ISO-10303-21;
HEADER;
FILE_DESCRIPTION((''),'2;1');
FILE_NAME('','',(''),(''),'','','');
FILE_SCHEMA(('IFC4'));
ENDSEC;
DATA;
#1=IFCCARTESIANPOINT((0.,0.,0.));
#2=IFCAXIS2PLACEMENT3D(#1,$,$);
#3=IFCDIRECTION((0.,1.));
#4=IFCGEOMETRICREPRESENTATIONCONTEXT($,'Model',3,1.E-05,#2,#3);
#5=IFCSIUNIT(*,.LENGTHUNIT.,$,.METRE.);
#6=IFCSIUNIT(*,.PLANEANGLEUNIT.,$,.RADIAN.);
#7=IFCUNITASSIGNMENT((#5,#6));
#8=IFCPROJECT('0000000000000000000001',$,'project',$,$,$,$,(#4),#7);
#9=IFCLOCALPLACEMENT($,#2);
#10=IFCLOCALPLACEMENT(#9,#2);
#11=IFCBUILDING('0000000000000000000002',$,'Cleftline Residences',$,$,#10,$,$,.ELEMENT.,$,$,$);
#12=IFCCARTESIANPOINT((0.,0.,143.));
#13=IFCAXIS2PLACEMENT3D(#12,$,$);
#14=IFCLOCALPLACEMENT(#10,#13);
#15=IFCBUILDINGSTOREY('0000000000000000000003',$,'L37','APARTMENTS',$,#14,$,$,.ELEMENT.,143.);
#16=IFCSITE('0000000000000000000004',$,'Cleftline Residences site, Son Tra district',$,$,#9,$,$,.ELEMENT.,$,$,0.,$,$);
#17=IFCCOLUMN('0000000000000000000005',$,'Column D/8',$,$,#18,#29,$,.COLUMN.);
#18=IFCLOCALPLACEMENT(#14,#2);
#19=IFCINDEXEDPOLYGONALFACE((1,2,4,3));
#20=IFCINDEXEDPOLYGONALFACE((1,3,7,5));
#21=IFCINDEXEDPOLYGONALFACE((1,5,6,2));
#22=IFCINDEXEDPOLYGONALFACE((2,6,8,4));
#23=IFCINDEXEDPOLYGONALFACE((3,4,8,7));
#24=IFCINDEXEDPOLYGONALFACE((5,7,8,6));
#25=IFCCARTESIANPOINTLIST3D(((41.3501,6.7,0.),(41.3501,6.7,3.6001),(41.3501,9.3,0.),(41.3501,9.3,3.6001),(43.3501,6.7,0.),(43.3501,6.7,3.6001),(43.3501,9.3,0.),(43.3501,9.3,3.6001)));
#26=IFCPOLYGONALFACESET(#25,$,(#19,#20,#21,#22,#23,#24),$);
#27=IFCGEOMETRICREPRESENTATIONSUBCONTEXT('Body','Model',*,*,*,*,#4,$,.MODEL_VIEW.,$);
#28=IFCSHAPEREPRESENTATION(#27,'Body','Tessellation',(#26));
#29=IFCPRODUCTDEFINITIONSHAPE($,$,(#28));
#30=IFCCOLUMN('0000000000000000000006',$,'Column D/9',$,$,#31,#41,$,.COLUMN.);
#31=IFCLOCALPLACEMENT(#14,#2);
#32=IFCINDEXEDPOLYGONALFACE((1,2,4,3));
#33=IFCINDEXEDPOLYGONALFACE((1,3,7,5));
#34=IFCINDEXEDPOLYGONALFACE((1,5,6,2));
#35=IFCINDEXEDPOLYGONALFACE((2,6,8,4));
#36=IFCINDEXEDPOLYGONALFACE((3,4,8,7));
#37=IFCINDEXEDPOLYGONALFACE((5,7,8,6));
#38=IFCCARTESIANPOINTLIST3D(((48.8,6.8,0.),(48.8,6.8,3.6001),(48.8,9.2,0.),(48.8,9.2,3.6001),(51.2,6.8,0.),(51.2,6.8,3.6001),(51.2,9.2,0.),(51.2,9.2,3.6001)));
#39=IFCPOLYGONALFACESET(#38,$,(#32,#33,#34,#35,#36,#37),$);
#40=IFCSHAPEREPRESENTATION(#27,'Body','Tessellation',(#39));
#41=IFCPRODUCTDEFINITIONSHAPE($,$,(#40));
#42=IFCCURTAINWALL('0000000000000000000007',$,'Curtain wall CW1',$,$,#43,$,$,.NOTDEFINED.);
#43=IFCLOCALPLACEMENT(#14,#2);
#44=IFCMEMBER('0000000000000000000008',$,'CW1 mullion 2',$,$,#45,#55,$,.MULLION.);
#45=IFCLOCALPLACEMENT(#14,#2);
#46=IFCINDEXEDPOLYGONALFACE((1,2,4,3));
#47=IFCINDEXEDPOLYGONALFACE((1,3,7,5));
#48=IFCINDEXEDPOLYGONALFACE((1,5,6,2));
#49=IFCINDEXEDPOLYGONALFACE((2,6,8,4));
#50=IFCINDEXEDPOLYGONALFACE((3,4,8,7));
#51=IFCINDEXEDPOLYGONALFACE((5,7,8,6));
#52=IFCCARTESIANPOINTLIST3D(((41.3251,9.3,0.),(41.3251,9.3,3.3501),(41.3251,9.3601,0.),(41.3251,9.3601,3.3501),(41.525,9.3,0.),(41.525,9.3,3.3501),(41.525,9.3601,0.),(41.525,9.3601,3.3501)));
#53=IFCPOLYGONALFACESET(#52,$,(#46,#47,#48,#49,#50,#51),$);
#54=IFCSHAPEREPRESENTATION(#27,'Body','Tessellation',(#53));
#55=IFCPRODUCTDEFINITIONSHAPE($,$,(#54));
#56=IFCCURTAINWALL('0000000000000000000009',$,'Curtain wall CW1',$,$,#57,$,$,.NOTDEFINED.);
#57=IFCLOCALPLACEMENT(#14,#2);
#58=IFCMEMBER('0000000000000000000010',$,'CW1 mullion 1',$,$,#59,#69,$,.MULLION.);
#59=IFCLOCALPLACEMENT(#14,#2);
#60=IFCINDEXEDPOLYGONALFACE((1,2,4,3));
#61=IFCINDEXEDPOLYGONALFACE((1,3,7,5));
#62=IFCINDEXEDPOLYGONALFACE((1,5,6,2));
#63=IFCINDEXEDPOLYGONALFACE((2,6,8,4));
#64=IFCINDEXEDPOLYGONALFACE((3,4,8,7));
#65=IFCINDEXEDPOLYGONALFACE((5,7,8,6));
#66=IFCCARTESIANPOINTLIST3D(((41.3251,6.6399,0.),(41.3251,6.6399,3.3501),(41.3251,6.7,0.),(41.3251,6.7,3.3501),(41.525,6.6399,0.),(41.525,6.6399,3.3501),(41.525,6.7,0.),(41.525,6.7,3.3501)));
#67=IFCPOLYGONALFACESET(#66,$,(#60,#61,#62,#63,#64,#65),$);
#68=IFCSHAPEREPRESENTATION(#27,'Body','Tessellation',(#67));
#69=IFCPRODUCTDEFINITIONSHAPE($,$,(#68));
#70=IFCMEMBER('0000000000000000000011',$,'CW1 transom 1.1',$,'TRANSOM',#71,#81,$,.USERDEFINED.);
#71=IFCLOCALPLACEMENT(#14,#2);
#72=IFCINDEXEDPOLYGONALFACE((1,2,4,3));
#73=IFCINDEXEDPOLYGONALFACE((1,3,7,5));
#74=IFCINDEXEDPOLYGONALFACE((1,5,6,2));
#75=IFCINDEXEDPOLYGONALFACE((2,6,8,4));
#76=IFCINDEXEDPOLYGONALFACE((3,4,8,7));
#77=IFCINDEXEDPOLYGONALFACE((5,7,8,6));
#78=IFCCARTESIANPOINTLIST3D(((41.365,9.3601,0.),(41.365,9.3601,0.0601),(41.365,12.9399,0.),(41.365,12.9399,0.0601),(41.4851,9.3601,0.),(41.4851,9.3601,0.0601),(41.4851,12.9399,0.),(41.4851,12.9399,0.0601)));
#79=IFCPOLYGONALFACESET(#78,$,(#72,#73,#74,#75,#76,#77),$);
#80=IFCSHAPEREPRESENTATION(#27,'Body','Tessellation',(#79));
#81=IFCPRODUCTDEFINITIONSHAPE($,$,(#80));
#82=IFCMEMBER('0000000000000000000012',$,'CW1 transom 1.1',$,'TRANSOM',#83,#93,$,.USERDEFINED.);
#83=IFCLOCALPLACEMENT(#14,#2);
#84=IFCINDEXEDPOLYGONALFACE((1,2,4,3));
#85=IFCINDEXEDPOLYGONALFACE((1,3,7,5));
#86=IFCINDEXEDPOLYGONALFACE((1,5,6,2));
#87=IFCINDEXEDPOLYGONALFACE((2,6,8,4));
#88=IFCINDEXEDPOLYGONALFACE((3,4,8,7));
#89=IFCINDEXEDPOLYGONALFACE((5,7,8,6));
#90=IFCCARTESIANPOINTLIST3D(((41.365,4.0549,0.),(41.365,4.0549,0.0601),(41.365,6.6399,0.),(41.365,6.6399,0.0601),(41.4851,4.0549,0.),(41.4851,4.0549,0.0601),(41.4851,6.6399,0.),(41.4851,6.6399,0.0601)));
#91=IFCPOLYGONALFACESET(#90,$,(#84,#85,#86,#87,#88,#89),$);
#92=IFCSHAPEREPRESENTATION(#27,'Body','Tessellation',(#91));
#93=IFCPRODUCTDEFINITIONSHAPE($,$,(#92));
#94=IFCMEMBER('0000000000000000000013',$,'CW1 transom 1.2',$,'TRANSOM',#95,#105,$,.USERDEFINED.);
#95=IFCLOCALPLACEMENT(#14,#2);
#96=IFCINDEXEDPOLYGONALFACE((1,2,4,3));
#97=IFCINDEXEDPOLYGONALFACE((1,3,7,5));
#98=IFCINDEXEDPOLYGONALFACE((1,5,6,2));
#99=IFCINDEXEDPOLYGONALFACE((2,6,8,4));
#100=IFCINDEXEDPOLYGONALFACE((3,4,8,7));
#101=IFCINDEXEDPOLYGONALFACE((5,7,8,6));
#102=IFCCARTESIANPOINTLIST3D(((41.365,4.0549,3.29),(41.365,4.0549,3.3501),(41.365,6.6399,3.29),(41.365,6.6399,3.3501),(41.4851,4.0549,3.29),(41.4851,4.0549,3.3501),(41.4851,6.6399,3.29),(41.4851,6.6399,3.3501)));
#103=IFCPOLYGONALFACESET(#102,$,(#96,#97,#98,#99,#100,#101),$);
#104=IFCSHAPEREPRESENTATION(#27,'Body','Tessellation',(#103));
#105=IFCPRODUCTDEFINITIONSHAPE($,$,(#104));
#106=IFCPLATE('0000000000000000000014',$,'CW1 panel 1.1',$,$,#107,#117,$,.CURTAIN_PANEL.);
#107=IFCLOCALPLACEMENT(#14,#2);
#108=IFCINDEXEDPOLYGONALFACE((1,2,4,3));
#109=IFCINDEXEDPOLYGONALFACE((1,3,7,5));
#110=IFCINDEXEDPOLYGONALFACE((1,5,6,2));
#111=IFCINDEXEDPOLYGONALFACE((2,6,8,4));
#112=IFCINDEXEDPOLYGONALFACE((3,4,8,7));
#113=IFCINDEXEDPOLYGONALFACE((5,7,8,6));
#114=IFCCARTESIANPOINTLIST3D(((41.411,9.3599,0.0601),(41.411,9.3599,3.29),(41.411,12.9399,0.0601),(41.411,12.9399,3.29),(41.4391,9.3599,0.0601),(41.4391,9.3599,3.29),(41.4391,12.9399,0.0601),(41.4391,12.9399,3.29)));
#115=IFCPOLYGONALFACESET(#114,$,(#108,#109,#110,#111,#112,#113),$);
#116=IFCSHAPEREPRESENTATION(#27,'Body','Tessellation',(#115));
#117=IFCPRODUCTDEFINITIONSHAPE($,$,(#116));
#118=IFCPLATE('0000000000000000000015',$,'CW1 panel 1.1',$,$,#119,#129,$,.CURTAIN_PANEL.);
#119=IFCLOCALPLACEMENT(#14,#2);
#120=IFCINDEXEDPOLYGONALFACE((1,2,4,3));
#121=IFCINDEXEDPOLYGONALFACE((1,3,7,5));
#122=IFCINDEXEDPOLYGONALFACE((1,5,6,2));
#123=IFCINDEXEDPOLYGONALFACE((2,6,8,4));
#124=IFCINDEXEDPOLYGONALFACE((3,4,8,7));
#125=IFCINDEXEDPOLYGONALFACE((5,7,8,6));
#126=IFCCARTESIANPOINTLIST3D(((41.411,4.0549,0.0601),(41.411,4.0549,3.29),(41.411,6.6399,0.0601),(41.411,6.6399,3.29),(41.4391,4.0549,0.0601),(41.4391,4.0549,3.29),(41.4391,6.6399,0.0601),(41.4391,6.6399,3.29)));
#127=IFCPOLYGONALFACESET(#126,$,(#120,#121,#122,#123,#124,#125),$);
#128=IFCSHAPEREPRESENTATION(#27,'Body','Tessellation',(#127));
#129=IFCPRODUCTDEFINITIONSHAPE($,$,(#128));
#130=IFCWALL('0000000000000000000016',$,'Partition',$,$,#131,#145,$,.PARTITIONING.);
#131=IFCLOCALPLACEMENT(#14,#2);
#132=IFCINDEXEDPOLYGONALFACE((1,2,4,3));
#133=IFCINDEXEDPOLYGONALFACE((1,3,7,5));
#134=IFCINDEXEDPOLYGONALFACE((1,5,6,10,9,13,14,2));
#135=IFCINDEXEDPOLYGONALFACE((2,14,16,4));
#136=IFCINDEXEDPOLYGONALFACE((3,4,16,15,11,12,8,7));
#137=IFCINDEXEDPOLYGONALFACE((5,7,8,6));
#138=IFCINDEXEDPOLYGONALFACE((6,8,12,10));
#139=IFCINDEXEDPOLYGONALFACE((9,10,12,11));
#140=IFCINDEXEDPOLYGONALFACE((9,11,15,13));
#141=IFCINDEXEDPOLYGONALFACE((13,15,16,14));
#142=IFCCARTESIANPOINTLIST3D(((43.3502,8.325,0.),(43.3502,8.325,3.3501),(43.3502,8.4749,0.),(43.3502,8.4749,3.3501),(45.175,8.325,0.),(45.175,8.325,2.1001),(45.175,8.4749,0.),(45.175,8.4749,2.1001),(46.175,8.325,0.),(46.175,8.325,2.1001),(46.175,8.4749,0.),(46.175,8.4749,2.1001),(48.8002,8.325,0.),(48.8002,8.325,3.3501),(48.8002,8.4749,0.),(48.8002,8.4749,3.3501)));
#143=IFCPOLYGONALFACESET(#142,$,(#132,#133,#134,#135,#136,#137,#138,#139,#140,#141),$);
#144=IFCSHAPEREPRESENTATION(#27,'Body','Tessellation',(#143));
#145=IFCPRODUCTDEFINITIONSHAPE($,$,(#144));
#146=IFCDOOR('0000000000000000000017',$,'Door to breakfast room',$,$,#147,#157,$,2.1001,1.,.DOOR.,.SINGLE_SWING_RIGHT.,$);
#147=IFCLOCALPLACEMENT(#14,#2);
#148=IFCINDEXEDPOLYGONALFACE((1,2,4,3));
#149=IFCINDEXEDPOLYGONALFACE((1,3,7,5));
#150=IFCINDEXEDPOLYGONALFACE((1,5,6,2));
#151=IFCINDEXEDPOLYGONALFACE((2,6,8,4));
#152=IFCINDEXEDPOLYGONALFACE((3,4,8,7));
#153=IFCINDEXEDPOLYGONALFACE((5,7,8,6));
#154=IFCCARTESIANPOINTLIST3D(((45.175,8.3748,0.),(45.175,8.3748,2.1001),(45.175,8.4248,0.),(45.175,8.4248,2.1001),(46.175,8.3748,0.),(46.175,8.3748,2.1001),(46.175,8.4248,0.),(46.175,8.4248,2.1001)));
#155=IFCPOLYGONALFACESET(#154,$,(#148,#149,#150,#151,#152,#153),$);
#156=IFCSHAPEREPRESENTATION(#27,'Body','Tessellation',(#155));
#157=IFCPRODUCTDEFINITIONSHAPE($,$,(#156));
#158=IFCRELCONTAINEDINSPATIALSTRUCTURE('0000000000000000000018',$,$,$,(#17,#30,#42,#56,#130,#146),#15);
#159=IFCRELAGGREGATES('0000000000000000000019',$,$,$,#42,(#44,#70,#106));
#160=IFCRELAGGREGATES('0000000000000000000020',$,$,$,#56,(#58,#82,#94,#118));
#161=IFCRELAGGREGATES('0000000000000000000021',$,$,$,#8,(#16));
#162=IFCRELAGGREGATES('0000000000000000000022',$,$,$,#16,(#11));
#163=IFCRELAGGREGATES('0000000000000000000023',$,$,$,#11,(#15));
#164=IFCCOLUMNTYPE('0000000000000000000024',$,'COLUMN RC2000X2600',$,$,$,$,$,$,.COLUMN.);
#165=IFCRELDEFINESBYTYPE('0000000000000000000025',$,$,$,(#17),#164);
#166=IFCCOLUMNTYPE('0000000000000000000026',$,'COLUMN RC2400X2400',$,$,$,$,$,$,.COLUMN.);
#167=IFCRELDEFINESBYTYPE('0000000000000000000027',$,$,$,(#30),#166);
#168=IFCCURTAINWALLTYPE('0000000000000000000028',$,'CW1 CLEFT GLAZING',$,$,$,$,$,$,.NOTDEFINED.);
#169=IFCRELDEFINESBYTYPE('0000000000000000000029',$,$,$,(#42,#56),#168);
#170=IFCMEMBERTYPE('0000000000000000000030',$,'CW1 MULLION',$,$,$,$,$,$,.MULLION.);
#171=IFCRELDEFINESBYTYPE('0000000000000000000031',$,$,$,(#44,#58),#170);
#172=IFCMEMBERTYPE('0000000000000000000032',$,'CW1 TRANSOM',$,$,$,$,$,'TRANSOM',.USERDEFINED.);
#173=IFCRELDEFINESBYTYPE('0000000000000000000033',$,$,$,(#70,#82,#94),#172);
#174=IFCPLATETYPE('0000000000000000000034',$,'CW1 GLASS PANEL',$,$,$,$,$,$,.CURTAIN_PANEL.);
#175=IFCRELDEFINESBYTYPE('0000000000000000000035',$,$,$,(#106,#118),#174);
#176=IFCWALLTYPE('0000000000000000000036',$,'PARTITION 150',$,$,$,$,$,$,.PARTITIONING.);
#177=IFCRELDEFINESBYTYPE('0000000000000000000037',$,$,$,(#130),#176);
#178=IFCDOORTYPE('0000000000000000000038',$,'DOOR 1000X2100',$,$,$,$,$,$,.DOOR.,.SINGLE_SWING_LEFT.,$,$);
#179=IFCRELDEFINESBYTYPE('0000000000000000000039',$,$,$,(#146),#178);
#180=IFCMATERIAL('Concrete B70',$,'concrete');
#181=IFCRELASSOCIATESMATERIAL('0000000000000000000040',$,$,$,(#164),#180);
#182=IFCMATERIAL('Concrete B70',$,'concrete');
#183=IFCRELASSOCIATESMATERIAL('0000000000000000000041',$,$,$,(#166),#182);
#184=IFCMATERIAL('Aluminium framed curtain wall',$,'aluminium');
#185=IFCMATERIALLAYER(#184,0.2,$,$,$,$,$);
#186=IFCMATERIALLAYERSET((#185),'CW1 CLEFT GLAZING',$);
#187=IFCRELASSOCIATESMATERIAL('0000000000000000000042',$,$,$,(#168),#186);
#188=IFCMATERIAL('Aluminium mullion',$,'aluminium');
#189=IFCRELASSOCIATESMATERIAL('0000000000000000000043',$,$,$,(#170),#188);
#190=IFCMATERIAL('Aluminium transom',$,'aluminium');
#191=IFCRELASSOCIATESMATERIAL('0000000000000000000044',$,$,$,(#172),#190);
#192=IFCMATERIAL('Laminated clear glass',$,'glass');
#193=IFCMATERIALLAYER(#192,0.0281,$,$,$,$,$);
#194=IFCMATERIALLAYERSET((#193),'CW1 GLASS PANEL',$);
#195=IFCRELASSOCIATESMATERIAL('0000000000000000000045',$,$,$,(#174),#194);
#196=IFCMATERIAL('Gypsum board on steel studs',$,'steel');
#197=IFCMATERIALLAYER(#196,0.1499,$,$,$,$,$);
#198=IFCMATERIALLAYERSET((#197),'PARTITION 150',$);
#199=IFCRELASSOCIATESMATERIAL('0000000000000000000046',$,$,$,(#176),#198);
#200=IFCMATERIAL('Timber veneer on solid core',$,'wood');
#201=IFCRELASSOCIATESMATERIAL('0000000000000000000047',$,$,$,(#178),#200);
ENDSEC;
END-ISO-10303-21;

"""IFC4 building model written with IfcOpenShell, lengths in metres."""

from ifc_helpers import new_model, si_unit, direction, frame, frame_2d, origin, origin_2d, place, context, subcontext, project, spatial, rectangle, extrude, material, layer, layer_set, material_profile, profile_set, type_object, element, fill, aggregate, save


model = new_model("IFC4")

# Units and contexts
model_context = context("Model", 3, precision=1e-05, world=origin(), true_north=direction((0.0, 1.0)))
body_context = subcontext(model_context, "Body", "Model", "MODEL_VIEW")
ifc_project = project(units=[si_unit("LENGTHUNIT", "METRE"), si_unit("PLANEANGLEUNIT", "RADIAN")], contexts=[model_context])

# Site, building, storey
site_placement = place(None, origin())
site = spatial("IfcSite", under=ifc_project, at=site_placement, Name="Cleftline Residences site, Son Tra district", CompositionType="ELEMENT", RefElevation=0.0)
building_placement = place(site_placement, origin())
building = spatial("IfcBuilding", under=site, at=building_placement, Name="Cleftline Residences", CompositionType="ELEMENT")
storey_placement = place(building_placement, frame((0.0, 0.0, 143.0)))
storey = spatial("IfcBuildingStorey", under=building, at=storey_placement, Name="L37", Description="APARTMENTS", CompositionType="ELEMENT", Elevation=143.0)

# Columns
ifc_material_1 = material(Name="Concrete B70", Category="concrete")
ifc_material_profile_1 = material_profile(ifc_material_1, rectangle(XDim=2.0, YDim=2.6001, at=origin_2d()))
ifc_profile_set_1 = profile_set([ifc_material_profile_1], Name="Concrete B70")
column_type_1 = type_object("IfcColumnType", Name="COLUMN RC2000X2600", PredefinedType="COLUMN", material=ifc_profile_set_1)
column_1_placement = place(storey_placement, frame((42.3501, 8.0, 0.0), z_axis=(0.0, 0.0, 1.0), x_axis=(1.0, 0.0, 0.0)))
element("IfcColumn", 1, at=column_1_placement, inside=storey, type_object=column_type_1, Name="Column D/8", PredefinedType="COLUMN", context=body_context, shape_type="SweptSolid", body=[
    extrude(rectangle(XDim=2.0, YDim=2.6001, at=origin_2d()), origin(), (0.0, 0.0, 1.0), 3.6001),
])
ifc_material_2 = material(Name="Concrete B70", Category="concrete")
ifc_material_profile_2 = material_profile(ifc_material_2, rectangle(XDim=2.3999, YDim=2.3999, at=origin_2d()))
ifc_profile_set_2 = profile_set([ifc_material_profile_2], Name="Concrete B70")
column_type_2 = type_object("IfcColumnType", Name="COLUMN RC2400X2400", PredefinedType="COLUMN", material=ifc_profile_set_2)
column_2_placement = place(storey_placement, frame((50.0, 8.0, 0.0), z_axis=(0.0, 0.0, 1.0), x_axis=(1.0, 0.0, 0.0)))
element("IfcColumn", 2, at=column_2_placement, inside=storey, type_object=column_type_2, Name="Column D/9", PredefinedType="COLUMN", context=body_context, shape_type="SweptSolid", body=[
    extrude(rectangle(XDim=2.3999, YDim=2.3999, at=origin_2d()), origin(), (0.0, 0.0, 1.0), 3.6001),
])

# Curtain walls, members
ifc_material_3 = material(Name="Aluminium framed curtain wall", Category="aluminium")
ifc_layer_1 = layer(ifc_material_3, 0.2)
ifc_layer_set_1 = layer_set([ifc_layer_1], Name="CW1 CLEFT GLAZING")
curtain_wall_type = type_object("IfcCurtainWallType", Name="CW1 CLEFT GLAZING", PredefinedType="NOTDEFINED", material=ifc_layer_set_1)
curtain_wall_1_placement = place(storey_placement, origin())
curtain_wall_1 = element("IfcCurtainWall", 3, at=curtain_wall_1_placement, inside=storey, type_object=curtain_wall_type, Name="Curtain wall CW1", PredefinedType="NOTDEFINED")
ifc_material_4 = material(Name="Aluminium mullion", Category="aluminium")
ifc_material_profile_3 = material_profile(ifc_material_4, rectangle(XDim=0.2, YDim=0.0601, at=origin_2d()))
ifc_profile_set_3 = profile_set([ifc_material_profile_3], Name="Aluminium mullion")
member_type_1 = type_object("IfcMemberType", Name="CW1 MULLION", PredefinedType="MULLION", material=ifc_profile_set_3)
member_1_placement = place(storey_placement, frame((41.425, 9.3301, 0.0), z_axis=(0.0, 0.0, 1.0), x_axis=(1.0, 0.0, 0.0)))
member_1 = element("IfcMember", 4, at=member_1_placement, type_object=member_type_1, Name="CW1 mullion 2", PredefinedType="MULLION", context=body_context, shape_type="SweptSolid", body=[
    extrude(rectangle(XDim=0.2, YDim=0.0601, at=origin_2d()), origin(), (0.0, 0.0, 1.0), 3.3501),
])
curtain_wall_2_placement = place(storey_placement, origin())
curtain_wall_2 = element("IfcCurtainWall", 5, at=curtain_wall_2_placement, inside=storey, type_object=curtain_wall_type, Name="Curtain wall CW1", PredefinedType="NOTDEFINED")
member_2_placement = place(storey_placement, frame((41.425, 6.6699, 0.0), z_axis=(0.0, 0.0, 1.0), x_axis=(1.0, 0.0, 0.0)))
member_2 = element("IfcMember", 6, at=member_2_placement, type_object=member_type_1, Name="CW1 mullion 1", PredefinedType="MULLION", context=body_context, shape_type="SweptSolid", body=[
    extrude(rectangle(XDim=0.2, YDim=0.0601, at=origin_2d()), origin(), (0.0, 0.0, 1.0), 3.3501),
])

# Members
ifc_material_5 = material(Name="Aluminium transom", Category="aluminium")
ifc_material_profile_4 = material_profile(ifc_material_5, rectangle(XDim=0.1201, YDim=0.0601, at=origin_2d()))
ifc_profile_set_4 = profile_set([ifc_material_profile_4], Name="Aluminium transom")
member_type_2 = type_object("IfcMemberType", Name="CW1 TRANSOM", ElementType="TRANSOM", PredefinedType="USERDEFINED", material=ifc_profile_set_4)
member_3_placement = place(storey_placement, frame((41.425, 12.9399, 0.03), z_axis=(0.0, -1.0, 0.0), x_axis=(1.0, 0.0, 0.0)))
member_3 = element("IfcMember", 7, at=member_3_placement, type_object=member_type_2, Name="CW1 transom 1.1", ObjectType="TRANSOM", PredefinedType="USERDEFINED", context=body_context, shape_type="SweptSolid", body=[
    extrude(rectangle(XDim=0.1201, YDim=0.0601, at=origin_2d()), origin(), (0.0, 0.0, 1.0), 3.5798),
])
member_4_placement = place(storey_placement, frame((41.425, 6.6399, 0.03), z_axis=(0.0, -1.0, 0.0), x_axis=(1.0, 0.0, 0.0)))
member_4 = element("IfcMember", 8, at=member_4_placement, type_object=member_type_2, Name="CW1 transom 1.1", ObjectType="TRANSOM", PredefinedType="USERDEFINED", context=body_context, shape_type="SweptSolid", body=[
    extrude(rectangle(XDim=0.1201, YDim=0.0601, at=origin_2d()), origin(), (0.0, 0.0, 1.0), 2.585),
])
member_5_placement = place(storey_placement, frame((41.425, 6.6399, 3.3201), z_axis=(0.0, -1.0, 0.0), x_axis=(1.0, 0.0, 0.0)))
member_5 = element("IfcMember", 9, at=member_5_placement, type_object=member_type_2, Name="CW1 transom 1.2", ObjectType="TRANSOM", PredefinedType="USERDEFINED", context=body_context, shape_type="SweptSolid", body=[
    extrude(rectangle(XDim=0.1201, YDim=0.0601, at=origin_2d()), origin(), (0.0, 0.0, 1.0), 2.585),
])

# Plates
ifc_material_6 = material(Name="Laminated clear glass", Category="glass")
ifc_layer_2 = layer(ifc_material_6, 0.0281)
ifc_layer_set_2 = layer_set([ifc_layer_2], Name="CW1 GLASS PANEL")
plate_type = type_object("IfcPlateType", Name="CW1 GLASS PANEL", PredefinedType="CURTAIN_PANEL", material=ifc_layer_set_2)
plate_1_placement = place(storey_placement, frame((41.425, 11.1499, 0.0601), z_axis=(0.0, 0.0, 1.0), x_axis=(0.0, -1.0, 0.0)))
plate_1 = element("IfcPlate", 10, at=plate_1_placement, type_object=plate_type, Name="CW1 panel 1.1", PredefinedType="CURTAIN_PANEL", context=body_context, shape_type="SweptSolid", body=[
    extrude(rectangle(XDim=3.5801, YDim=0.0281, at=origin_2d()), origin(), (0.0, 0.0, 1.0), 3.23),
])
aggregate(curtain_wall_1, [member_1, member_3, plate_1])
plate_2_placement = place(storey_placement, frame((41.425, 5.3474, 0.0601), z_axis=(0.0, 0.0, 1.0), x_axis=(0.0, -1.0, 0.0)))
plate_2 = element("IfcPlate", 11, at=plate_2_placement, type_object=plate_type, Name="CW1 panel 1.1", PredefinedType="CURTAIN_PANEL", context=body_context, shape_type="SweptSolid", body=[
    extrude(rectangle(XDim=2.585, YDim=0.0281, at=origin_2d()), origin(), (0.0, 0.0, 1.0), 3.23),
])
aggregate(curtain_wall_2, [member_2, member_4, member_5, plate_2])

# Wall, opening, door
ifc_material_7 = material(Name="Gypsum board on steel studs", Category="steel")
ifc_layer_3 = layer(ifc_material_7, 0.1499)
ifc_layer_set_3 = layer_set([ifc_layer_3], Name="PARTITION 150")
wall_type = type_object("IfcWallType", Name="PARTITION 150", PredefinedType="PARTITIONING", material=ifc_layer_set_3)
wall_1_placement = place(storey_placement, frame((43.3501, 8.3999, 0.0), z_axis=(0.0, 0.0, 1.0), x_axis=(1.0, 0.0, 0.0)))
wall_1 = element("IfcWall", 12, at=wall_1_placement, inside=storey, type_object=wall_type, Name="Partition", PredefinedType="PARTITIONING", context=body_context, shape_type="SweptSolid", body=[
    extrude(rectangle(XDim=5.45, YDim=0.1499, at=frame_2d((2.7251, 0.0))), origin(), (0.0, 0.0, 1.0), 3.3501),
])
opening_1_placement = place(wall_1_placement, frame((1.825, 0.0, 0.0)))
opening_1 = element("IfcOpeningElement", 13, at=opening_1_placement, cuts=wall_1, PredefinedType="OPENING", context=body_context, shape_type="SweptSolid", body=[
    extrude(rectangle(XDim=1.0, YDim=2.1001, at=frame_2d((0.5, 1.05))), frame((0.0, 0.085, 0.0), z_axis=(0.0, -1.0, 0.0), x_axis=(1.0, 0.0, 0.0)), (0.0, 0.0, 1.0), 0.1699),
])
ifc_material_8 = material(Name="Timber veneer on solid core", Category="wood")
door_type_1 = type_object("IfcDoorType", Name="DOOR 1000X2100", OperationType="SINGLE_SWING_LEFT", PredefinedType="DOOR", material=ifc_material_8)
door_1_placement = place(opening_1_placement, origin())
door_1 = element("IfcDoor", 14, at=door_1_placement, inside=storey, type_object=door_type_1, Name="Door to breakfast room", OperationType="SINGLE_SWING_RIGHT", OverallHeight=2.1001, OverallWidth=1.0, PredefinedType="DOOR", context=body_context, shape_type="SweptSolid", body=[
    extrude(rectangle(XDim=1.0, YDim=2.1001, at=frame_2d((0.5, 1.05))), frame((0.0, 0.0249, 0.0), z_axis=(0.0, -1.0, 0.0), x_axis=(1.0, 0.0, 0.0)), (0.0, 0.0, 1.0), 0.05),
])
fill(opening_1, door_1)

save(model, "model.ifc")
